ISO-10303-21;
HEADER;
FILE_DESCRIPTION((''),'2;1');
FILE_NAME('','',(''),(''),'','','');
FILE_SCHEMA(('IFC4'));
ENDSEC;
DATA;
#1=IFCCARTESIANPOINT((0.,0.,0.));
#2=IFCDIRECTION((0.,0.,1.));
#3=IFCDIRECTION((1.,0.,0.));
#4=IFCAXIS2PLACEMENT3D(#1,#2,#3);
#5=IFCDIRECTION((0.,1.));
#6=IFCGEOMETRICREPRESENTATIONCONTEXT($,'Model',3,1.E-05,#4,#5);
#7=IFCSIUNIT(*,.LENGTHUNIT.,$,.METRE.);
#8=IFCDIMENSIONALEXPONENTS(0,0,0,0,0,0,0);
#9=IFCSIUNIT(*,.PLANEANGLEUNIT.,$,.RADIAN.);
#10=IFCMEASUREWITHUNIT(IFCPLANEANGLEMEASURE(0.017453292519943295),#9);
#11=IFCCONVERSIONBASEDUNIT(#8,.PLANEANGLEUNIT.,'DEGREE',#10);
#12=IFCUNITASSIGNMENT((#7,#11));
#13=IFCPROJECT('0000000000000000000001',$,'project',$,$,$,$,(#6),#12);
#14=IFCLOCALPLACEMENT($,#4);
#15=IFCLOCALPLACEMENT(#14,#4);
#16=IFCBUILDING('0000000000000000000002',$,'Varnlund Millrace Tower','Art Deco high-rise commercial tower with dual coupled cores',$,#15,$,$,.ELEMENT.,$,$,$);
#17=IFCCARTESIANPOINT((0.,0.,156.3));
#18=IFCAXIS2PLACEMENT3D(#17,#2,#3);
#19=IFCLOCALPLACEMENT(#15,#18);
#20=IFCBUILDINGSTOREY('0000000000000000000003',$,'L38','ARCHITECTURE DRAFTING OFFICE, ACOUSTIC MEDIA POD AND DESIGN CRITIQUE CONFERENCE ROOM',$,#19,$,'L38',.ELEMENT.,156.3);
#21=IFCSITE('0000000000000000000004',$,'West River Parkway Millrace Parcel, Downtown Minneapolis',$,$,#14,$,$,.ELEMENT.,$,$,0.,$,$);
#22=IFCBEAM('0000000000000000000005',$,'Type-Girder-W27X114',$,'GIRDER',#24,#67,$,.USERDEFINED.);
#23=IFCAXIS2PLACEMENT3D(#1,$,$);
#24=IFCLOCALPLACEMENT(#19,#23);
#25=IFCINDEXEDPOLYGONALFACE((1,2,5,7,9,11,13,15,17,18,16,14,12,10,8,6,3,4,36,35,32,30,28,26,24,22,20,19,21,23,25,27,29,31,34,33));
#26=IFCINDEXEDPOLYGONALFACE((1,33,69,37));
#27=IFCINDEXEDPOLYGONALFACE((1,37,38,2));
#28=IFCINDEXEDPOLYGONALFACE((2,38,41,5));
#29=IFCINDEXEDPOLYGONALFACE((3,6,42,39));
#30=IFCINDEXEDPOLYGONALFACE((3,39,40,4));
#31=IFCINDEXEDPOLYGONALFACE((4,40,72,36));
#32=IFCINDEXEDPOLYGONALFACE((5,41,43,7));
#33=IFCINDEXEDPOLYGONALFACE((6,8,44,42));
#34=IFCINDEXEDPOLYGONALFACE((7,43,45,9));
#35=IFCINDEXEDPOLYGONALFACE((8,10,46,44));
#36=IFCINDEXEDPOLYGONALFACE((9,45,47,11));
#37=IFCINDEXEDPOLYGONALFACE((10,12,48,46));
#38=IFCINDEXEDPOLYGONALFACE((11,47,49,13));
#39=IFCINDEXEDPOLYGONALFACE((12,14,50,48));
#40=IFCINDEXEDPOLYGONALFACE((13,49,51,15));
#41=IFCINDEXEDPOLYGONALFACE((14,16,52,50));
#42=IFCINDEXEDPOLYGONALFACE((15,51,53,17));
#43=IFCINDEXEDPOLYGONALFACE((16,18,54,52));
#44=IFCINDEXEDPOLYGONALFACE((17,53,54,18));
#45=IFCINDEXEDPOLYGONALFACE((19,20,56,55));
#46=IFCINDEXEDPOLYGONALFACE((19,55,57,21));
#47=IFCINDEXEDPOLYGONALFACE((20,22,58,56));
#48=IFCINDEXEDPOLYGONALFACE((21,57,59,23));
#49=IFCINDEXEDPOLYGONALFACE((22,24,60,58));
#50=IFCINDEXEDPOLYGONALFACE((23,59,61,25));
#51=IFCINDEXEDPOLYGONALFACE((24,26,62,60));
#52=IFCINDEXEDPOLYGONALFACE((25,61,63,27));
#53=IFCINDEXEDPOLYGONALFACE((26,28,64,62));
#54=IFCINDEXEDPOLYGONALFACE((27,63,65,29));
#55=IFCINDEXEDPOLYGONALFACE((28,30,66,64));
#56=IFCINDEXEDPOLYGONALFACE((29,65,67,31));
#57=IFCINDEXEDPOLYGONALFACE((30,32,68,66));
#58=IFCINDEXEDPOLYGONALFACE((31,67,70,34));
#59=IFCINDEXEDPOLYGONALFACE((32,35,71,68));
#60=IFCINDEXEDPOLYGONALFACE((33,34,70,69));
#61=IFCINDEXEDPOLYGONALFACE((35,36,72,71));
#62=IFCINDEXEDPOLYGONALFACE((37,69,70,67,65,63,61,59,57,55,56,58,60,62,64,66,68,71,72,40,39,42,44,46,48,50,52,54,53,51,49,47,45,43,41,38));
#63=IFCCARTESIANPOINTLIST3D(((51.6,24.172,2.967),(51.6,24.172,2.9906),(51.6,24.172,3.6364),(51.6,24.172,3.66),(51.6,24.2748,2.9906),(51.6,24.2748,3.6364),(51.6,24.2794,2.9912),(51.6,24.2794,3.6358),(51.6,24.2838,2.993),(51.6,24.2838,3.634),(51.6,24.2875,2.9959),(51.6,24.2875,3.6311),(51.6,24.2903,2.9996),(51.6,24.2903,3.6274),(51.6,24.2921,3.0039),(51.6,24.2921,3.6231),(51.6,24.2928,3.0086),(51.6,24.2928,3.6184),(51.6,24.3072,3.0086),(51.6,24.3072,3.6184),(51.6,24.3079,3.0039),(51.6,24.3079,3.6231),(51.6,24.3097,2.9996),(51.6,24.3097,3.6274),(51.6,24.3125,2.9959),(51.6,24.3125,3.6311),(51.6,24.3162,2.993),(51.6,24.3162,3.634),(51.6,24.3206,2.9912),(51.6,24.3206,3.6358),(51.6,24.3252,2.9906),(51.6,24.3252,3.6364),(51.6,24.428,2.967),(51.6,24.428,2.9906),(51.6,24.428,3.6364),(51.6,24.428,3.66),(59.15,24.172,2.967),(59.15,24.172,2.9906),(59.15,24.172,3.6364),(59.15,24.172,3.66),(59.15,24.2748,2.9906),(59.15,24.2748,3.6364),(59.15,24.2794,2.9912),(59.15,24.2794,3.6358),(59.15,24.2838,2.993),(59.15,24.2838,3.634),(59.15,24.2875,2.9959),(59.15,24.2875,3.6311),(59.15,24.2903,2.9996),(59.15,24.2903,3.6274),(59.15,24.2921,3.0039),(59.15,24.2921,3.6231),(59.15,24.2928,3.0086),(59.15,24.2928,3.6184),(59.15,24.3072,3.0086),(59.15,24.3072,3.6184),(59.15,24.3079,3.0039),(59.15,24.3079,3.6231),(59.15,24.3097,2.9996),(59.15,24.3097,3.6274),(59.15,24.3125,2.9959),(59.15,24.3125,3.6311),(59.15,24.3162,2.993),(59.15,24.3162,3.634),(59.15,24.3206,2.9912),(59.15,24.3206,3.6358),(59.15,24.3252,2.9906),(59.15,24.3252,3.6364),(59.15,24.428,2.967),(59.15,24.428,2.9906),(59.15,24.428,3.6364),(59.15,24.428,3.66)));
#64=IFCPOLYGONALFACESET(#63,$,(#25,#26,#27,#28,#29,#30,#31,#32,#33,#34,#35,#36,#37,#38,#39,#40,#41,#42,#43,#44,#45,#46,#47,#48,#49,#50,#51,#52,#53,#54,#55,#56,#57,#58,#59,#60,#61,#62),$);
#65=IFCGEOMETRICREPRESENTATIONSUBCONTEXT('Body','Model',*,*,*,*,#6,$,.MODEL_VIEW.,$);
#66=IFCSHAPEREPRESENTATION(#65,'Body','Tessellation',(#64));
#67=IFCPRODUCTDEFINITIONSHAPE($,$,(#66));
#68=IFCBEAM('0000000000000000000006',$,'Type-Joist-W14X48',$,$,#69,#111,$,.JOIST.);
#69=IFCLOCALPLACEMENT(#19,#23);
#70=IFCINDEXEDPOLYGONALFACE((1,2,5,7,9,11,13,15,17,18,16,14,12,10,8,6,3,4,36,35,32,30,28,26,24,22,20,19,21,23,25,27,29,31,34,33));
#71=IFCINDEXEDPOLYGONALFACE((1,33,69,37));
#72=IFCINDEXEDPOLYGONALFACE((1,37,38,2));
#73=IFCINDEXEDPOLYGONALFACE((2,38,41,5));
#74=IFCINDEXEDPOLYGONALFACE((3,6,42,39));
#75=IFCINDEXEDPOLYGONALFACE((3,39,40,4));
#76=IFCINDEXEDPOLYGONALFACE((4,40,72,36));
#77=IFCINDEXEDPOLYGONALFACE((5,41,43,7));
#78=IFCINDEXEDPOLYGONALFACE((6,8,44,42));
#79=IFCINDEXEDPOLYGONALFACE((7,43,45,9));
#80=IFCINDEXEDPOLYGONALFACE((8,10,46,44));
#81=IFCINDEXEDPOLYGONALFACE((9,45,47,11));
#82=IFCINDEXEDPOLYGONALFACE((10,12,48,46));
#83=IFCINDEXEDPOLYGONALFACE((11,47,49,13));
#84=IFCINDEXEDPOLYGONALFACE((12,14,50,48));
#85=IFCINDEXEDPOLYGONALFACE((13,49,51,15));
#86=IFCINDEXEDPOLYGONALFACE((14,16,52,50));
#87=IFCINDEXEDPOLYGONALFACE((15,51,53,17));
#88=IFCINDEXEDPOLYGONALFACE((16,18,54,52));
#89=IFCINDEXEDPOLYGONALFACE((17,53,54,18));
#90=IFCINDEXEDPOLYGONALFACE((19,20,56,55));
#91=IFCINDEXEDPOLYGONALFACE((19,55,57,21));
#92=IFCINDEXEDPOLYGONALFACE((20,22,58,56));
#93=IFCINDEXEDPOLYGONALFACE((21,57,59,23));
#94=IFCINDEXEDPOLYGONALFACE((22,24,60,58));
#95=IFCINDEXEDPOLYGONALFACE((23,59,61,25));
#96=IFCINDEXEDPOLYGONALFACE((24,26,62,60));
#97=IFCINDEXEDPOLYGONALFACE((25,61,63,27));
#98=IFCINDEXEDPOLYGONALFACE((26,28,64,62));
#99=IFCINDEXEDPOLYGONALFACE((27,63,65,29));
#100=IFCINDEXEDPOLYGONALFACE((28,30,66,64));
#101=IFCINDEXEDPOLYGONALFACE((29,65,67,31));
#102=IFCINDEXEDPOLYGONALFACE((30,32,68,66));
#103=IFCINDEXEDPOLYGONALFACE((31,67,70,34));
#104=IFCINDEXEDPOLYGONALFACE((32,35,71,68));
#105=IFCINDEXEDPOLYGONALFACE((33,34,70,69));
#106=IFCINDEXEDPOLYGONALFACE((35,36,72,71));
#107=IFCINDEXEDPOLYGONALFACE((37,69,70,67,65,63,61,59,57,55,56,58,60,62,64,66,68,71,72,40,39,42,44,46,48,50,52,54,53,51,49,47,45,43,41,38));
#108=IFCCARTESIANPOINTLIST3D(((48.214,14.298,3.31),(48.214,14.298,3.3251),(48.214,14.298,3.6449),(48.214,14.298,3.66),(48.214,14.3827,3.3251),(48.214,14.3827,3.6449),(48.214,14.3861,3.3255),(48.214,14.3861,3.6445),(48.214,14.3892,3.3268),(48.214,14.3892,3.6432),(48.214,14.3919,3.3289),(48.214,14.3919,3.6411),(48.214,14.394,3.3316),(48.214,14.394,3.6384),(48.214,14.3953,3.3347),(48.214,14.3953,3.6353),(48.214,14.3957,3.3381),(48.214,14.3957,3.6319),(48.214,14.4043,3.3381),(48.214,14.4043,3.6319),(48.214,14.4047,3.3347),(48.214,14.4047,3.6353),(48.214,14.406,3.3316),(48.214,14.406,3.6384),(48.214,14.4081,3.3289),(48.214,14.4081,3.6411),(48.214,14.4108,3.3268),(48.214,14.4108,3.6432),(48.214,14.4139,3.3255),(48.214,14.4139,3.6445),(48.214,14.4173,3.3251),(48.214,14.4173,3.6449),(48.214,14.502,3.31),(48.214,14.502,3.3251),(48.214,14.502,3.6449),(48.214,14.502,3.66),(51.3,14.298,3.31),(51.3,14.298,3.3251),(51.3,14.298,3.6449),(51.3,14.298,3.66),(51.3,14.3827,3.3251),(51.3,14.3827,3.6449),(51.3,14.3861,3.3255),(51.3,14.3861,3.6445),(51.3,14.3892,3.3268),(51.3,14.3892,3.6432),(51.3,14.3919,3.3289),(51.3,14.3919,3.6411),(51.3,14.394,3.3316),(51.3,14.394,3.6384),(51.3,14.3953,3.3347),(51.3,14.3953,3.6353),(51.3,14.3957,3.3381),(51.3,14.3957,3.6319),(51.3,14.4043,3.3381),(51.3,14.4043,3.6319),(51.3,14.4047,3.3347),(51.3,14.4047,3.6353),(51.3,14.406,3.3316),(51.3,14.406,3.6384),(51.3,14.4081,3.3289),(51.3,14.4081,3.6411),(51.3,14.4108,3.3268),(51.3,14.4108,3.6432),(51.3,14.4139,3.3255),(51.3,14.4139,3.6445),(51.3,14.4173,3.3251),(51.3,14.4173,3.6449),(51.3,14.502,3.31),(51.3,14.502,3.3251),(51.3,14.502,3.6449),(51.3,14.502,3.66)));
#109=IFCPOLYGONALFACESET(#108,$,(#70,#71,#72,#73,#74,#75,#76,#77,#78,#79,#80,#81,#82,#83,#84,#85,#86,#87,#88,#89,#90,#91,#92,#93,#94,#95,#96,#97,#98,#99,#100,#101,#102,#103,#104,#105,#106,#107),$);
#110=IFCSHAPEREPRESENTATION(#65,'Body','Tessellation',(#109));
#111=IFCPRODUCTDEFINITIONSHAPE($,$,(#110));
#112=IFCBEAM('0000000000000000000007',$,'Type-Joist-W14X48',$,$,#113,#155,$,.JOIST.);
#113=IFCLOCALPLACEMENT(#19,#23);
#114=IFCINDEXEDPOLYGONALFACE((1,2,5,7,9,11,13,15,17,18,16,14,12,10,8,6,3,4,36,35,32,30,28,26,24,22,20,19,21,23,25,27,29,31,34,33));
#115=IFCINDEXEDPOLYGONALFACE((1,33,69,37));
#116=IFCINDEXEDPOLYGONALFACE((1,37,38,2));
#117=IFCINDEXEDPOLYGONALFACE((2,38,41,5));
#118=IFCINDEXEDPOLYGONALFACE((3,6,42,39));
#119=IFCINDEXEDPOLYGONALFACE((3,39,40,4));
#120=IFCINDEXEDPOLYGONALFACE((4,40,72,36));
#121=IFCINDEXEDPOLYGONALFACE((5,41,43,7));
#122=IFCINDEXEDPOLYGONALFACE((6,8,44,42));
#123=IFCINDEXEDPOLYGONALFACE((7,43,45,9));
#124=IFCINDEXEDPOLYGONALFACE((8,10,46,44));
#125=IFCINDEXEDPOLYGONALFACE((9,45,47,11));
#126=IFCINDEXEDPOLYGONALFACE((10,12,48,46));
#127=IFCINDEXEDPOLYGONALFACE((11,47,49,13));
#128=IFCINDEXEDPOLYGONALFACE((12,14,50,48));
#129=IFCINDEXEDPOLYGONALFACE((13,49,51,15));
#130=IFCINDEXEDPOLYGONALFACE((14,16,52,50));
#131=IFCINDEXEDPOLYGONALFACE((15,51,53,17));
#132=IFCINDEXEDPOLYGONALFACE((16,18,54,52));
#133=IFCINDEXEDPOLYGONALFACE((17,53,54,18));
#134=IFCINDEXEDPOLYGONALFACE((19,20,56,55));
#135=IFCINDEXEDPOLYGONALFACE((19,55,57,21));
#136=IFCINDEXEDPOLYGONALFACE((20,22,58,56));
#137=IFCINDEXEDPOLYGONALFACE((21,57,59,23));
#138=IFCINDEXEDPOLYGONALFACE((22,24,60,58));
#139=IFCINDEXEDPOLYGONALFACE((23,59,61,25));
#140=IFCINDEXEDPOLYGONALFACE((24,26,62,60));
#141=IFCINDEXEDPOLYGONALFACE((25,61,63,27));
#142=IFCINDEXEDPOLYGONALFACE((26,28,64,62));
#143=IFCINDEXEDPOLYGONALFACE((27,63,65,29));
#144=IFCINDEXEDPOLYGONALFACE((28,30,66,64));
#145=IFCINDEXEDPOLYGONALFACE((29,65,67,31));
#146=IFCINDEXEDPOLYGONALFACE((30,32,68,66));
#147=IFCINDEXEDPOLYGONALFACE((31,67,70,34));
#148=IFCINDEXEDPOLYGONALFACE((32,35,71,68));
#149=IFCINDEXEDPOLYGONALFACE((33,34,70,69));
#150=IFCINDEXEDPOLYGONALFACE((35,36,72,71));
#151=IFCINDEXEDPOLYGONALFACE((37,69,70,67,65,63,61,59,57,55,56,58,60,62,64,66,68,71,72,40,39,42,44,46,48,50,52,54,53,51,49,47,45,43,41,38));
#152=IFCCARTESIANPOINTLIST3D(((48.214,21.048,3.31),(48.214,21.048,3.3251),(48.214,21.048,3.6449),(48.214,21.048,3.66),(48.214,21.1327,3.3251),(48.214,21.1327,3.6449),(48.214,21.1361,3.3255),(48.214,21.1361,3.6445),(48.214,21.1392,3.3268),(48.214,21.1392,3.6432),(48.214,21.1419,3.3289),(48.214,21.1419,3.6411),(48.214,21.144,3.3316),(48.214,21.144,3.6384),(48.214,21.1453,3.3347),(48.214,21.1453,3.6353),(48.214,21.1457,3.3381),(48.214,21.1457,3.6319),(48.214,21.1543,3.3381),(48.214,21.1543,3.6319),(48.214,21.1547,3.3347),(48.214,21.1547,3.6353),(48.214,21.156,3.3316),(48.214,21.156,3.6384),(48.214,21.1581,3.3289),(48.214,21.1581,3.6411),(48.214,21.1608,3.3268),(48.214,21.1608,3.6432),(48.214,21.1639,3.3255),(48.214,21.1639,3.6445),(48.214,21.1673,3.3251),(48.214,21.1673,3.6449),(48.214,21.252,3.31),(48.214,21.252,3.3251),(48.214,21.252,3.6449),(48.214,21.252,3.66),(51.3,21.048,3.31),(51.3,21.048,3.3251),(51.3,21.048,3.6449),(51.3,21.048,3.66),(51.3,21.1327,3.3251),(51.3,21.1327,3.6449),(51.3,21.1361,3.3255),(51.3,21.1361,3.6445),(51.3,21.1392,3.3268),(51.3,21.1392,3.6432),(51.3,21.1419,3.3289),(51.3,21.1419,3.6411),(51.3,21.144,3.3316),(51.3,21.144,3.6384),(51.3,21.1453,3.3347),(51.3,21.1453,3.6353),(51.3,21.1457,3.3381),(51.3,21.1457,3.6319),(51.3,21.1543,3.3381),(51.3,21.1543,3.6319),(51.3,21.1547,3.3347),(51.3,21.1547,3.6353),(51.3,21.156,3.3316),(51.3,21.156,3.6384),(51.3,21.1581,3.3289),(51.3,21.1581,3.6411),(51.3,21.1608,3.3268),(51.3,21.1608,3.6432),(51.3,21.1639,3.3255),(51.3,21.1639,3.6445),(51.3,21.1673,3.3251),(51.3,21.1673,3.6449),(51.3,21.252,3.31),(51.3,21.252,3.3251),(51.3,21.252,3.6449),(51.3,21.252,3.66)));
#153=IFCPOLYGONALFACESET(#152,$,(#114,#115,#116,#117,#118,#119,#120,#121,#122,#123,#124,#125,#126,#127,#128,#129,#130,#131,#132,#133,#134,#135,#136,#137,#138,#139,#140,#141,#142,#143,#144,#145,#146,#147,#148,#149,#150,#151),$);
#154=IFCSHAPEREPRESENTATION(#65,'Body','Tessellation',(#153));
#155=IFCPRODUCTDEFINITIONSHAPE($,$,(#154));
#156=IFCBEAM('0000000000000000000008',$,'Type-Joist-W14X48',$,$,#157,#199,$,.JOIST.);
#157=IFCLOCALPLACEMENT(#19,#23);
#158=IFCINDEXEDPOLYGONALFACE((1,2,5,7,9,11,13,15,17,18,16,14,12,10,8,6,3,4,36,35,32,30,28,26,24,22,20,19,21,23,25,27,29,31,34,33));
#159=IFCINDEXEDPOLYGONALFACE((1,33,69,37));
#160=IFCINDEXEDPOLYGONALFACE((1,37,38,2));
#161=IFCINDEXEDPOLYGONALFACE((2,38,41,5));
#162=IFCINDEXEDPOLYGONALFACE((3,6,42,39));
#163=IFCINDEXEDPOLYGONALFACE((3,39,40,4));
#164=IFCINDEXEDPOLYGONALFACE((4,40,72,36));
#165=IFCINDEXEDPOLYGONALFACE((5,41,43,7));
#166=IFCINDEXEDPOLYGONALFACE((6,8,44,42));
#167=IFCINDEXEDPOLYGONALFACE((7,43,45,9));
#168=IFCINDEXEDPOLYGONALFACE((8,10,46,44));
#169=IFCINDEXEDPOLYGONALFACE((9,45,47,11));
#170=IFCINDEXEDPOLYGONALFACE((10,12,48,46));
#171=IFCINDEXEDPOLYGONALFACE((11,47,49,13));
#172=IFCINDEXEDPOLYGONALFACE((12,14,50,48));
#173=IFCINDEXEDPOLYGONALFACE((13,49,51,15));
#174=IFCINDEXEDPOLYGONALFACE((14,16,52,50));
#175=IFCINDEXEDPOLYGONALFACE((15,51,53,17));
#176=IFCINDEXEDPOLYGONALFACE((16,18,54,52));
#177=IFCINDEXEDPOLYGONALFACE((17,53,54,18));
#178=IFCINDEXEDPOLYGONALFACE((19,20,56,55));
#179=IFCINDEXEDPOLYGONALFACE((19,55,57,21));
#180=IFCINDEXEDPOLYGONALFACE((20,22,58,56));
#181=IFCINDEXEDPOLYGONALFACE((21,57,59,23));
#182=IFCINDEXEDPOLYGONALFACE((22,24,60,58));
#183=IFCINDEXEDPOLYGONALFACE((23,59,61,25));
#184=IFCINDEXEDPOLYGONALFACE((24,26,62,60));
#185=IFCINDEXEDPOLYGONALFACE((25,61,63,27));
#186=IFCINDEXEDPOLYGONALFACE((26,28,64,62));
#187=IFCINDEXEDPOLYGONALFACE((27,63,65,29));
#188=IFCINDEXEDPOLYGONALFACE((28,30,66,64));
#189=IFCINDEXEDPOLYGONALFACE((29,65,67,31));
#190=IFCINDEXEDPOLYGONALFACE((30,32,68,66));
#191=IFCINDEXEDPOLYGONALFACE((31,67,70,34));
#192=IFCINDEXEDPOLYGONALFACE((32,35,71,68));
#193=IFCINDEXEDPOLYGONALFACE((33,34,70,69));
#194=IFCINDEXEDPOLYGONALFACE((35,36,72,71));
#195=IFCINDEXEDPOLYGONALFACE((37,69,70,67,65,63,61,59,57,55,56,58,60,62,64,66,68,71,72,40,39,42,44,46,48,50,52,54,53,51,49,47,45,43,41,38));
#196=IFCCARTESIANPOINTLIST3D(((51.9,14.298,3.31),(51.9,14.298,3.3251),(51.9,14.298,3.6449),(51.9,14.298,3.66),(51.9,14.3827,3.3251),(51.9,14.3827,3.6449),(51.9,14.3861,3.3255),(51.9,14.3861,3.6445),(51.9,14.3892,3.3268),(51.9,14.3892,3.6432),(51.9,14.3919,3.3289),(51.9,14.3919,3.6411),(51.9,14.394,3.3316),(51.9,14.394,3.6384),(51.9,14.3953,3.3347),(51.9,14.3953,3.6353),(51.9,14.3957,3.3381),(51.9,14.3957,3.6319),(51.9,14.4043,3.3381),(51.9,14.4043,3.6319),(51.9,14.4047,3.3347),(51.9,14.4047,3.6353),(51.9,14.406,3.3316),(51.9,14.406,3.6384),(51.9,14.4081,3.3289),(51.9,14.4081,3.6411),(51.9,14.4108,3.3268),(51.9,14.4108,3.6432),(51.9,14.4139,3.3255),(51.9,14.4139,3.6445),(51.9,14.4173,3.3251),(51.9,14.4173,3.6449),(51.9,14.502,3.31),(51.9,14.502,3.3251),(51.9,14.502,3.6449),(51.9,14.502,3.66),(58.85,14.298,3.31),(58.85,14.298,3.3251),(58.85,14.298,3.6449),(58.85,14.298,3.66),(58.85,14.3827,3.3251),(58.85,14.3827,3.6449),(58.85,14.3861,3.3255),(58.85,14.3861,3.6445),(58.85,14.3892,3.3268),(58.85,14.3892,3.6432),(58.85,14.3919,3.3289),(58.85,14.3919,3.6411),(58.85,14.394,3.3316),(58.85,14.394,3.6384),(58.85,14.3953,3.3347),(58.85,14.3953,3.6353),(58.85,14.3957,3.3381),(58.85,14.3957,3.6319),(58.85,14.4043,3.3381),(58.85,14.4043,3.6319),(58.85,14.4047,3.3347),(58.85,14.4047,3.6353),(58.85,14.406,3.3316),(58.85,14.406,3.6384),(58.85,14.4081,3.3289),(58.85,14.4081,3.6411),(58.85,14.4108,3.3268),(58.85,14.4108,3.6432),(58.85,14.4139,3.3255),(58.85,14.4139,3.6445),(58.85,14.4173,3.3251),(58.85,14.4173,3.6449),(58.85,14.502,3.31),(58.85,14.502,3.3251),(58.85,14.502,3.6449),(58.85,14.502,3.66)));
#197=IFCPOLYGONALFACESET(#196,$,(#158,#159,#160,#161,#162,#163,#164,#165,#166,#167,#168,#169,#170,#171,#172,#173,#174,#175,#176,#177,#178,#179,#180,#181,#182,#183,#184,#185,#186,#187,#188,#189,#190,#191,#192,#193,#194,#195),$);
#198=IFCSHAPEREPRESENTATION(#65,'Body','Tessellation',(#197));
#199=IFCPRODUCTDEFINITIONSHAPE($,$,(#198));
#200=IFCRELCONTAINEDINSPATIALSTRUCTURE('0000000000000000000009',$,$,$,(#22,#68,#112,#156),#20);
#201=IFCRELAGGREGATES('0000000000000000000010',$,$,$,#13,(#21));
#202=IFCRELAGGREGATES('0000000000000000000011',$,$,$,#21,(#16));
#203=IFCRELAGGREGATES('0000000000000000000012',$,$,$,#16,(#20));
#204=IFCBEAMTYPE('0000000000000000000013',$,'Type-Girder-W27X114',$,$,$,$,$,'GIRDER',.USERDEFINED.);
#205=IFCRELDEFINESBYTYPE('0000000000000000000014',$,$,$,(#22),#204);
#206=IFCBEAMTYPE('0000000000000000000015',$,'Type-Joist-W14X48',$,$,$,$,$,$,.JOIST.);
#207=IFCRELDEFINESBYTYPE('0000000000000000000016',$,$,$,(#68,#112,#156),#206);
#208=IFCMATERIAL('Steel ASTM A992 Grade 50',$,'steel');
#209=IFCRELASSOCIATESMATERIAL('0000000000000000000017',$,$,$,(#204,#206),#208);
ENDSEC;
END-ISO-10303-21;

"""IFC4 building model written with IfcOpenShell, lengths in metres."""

from ifc_helpers import new_model, entity, si_unit, converted_unit, direction, frame, origin_with_axes, origin_2d_with_axis, place, context, subcontext, project, spatial, i_section, extrude, material, material_profile, profile_set, type_object, element, save


model = new_model("IFC4")

# Units and contexts
model_context = context("Model", 3, precision=1e-05, world=origin_with_axes(), true_north=direction((0.0, 1.0)))
body_context = subcontext(model_context, "Body", "Model", "MODEL_VIEW")
ifc_project = project(units=[si_unit("LENGTHUNIT", "METRE"), converted_unit("PLANEANGLEUNIT", "DEGREE", entity("IfcPlaneAngleMeasure", 0.017453292519943295), si_unit("PLANEANGLEUNIT", "RADIAN"), dimensions=[0, 0, 0, 0, 0, 0, 0])], contexts=[model_context])

# Site, building, storey
site_placement = place(None, origin_with_axes())
site = spatial("IfcSite", under=ifc_project, at=site_placement, Name="West River Parkway Millrace Parcel, Downtown Minneapolis", CompositionType="ELEMENT", RefElevation=0.0)
building_placement = place(site_placement, origin_with_axes())
building = spatial("IfcBuilding", under=site, at=building_placement, Name="Varnlund Millrace Tower", Description="Art Deco high-rise commercial tower with dual coupled cores", CompositionType="ELEMENT")
storey_placement = place(building_placement, frame((0.0, 0.0, 156.3), z_axis=(0.0, 0.0, 1.0), x_axis=(1.0, 0.0, 0.0)))
storey = spatial("IfcBuildingStorey", under=building, at=storey_placement, Name="L38", Description="ARCHITECTURE DRAFTING OFFICE, ACOUSTIC MEDIA POD AND DESIGN CRITIQUE CONFERENCE ROOM", LongName="L38", CompositionType="ELEMENT", Elevation=156.3)

# Beams
ifc_material_1 = material(Name="Steel ASTM A992 Grade 50", Category="steel")
ifc_material_profile_1 = material_profile(ifc_material_1, i_section(OverallWidth=0.256, OverallDepth=0.693, WebThickness=0.0145, FlangeThickness=0.0236, FilletRadius=0.018, at=origin_2d_with_axis()), Name="Steel ASTM A992 Grade 50")
ifc_profile_set_1 = profile_set([ifc_material_profile_1], Name="Steel ASTM A992 Grade 50")
beam_type_1 = type_object("IfcBeamType", Name="Type-Girder-W27X114", ElementType="GIRDER", PredefinedType="USERDEFINED", material=ifc_profile_set_1)
beam_1_placement = place(storey_placement, frame((51.6, 24.3, 3.3135), z_axis=(1.0, 0.0, 0.0), x_axis=(0.0, 1.0, 0.0)))
element("IfcBeam", 1, at=beam_1_placement, inside=storey, type_object=beam_type_1, Name="Type-Girder-W27X114", ObjectType="GIRDER", PredefinedType="USERDEFINED", context=body_context, shape_type="SweptSolid", body=[
    extrude(i_section(OverallWidth=0.256, OverallDepth=0.693, WebThickness=0.0145, FlangeThickness=0.0236, FilletRadius=0.018, at=origin_2d_with_axis()), origin_with_axes(), (0.0, 0.0, 1.0), 7.55),
])
ifc_material_profile_2 = material_profile(ifc_material_1, i_section(OverallWidth=0.204, OverallDepth=0.35, WebThickness=0.0086, FlangeThickness=0.0151, FilletRadius=0.013, at=origin_2d_with_axis()), Name="Steel ASTM A992 Grade 50")
ifc_profile_set_2 = profile_set([ifc_material_profile_2], Name="Steel ASTM A992 Grade 50")
beam_type_2 = type_object("IfcBeamType", Name="Type-Joist-W14X48", PredefinedType="JOIST", material=ifc_profile_set_2)
for number, where, z_axis, x_axis, name in (
    (2, (48.214, 14.4, 3.485), (1.0, 0.0, 0.0), (0.0, 1.0, 0.0), "Type-Joist-W14X48"),
    (3, (48.214, 21.15, 3.485), (1.0, 0.0, 0.0), (0.0, 1.0, 0.0), "Type-Joist-W14X48"),
):
    element("IfcBeam", number, at=place(storey_placement, frame(where, z_axis=z_axis, x_axis=x_axis)), inside=storey, type_object=beam_type_2, Name=name, PredefinedType="JOIST", context=body_context, shape_type="SweptSolid", body=[
        extrude(i_section(OverallWidth=0.204, OverallDepth=0.35, WebThickness=0.0086, FlangeThickness=0.0151, FilletRadius=0.013, at=origin_2d_with_axis()), origin_with_axes(), (0.0, 0.0, 1.0), 3.086),
    ])
for number, where, z_axis, x_axis, name in (
    (4, (51.9, 14.4, 3.485), (1.0, 0.0, 0.0), (0.0, 1.0, 0.0), "Type-Joist-W14X48"),
):
    element("IfcBeam", number, at=place(storey_placement, frame(where, z_axis=z_axis, x_axis=x_axis)), inside=storey, type_object=beam_type_2, Name=name, PredefinedType="JOIST", context=body_context, shape_type="SweptSolid", body=[
        extrude(i_section(OverallWidth=0.204, OverallDepth=0.35, WebThickness=0.0086, FlangeThickness=0.0151, FilletRadius=0.013, at=origin_2d_with_axis()), origin_with_axes(), (0.0, 0.0, 1.0), 6.95),
    ])

save(model, "model.ifc")
